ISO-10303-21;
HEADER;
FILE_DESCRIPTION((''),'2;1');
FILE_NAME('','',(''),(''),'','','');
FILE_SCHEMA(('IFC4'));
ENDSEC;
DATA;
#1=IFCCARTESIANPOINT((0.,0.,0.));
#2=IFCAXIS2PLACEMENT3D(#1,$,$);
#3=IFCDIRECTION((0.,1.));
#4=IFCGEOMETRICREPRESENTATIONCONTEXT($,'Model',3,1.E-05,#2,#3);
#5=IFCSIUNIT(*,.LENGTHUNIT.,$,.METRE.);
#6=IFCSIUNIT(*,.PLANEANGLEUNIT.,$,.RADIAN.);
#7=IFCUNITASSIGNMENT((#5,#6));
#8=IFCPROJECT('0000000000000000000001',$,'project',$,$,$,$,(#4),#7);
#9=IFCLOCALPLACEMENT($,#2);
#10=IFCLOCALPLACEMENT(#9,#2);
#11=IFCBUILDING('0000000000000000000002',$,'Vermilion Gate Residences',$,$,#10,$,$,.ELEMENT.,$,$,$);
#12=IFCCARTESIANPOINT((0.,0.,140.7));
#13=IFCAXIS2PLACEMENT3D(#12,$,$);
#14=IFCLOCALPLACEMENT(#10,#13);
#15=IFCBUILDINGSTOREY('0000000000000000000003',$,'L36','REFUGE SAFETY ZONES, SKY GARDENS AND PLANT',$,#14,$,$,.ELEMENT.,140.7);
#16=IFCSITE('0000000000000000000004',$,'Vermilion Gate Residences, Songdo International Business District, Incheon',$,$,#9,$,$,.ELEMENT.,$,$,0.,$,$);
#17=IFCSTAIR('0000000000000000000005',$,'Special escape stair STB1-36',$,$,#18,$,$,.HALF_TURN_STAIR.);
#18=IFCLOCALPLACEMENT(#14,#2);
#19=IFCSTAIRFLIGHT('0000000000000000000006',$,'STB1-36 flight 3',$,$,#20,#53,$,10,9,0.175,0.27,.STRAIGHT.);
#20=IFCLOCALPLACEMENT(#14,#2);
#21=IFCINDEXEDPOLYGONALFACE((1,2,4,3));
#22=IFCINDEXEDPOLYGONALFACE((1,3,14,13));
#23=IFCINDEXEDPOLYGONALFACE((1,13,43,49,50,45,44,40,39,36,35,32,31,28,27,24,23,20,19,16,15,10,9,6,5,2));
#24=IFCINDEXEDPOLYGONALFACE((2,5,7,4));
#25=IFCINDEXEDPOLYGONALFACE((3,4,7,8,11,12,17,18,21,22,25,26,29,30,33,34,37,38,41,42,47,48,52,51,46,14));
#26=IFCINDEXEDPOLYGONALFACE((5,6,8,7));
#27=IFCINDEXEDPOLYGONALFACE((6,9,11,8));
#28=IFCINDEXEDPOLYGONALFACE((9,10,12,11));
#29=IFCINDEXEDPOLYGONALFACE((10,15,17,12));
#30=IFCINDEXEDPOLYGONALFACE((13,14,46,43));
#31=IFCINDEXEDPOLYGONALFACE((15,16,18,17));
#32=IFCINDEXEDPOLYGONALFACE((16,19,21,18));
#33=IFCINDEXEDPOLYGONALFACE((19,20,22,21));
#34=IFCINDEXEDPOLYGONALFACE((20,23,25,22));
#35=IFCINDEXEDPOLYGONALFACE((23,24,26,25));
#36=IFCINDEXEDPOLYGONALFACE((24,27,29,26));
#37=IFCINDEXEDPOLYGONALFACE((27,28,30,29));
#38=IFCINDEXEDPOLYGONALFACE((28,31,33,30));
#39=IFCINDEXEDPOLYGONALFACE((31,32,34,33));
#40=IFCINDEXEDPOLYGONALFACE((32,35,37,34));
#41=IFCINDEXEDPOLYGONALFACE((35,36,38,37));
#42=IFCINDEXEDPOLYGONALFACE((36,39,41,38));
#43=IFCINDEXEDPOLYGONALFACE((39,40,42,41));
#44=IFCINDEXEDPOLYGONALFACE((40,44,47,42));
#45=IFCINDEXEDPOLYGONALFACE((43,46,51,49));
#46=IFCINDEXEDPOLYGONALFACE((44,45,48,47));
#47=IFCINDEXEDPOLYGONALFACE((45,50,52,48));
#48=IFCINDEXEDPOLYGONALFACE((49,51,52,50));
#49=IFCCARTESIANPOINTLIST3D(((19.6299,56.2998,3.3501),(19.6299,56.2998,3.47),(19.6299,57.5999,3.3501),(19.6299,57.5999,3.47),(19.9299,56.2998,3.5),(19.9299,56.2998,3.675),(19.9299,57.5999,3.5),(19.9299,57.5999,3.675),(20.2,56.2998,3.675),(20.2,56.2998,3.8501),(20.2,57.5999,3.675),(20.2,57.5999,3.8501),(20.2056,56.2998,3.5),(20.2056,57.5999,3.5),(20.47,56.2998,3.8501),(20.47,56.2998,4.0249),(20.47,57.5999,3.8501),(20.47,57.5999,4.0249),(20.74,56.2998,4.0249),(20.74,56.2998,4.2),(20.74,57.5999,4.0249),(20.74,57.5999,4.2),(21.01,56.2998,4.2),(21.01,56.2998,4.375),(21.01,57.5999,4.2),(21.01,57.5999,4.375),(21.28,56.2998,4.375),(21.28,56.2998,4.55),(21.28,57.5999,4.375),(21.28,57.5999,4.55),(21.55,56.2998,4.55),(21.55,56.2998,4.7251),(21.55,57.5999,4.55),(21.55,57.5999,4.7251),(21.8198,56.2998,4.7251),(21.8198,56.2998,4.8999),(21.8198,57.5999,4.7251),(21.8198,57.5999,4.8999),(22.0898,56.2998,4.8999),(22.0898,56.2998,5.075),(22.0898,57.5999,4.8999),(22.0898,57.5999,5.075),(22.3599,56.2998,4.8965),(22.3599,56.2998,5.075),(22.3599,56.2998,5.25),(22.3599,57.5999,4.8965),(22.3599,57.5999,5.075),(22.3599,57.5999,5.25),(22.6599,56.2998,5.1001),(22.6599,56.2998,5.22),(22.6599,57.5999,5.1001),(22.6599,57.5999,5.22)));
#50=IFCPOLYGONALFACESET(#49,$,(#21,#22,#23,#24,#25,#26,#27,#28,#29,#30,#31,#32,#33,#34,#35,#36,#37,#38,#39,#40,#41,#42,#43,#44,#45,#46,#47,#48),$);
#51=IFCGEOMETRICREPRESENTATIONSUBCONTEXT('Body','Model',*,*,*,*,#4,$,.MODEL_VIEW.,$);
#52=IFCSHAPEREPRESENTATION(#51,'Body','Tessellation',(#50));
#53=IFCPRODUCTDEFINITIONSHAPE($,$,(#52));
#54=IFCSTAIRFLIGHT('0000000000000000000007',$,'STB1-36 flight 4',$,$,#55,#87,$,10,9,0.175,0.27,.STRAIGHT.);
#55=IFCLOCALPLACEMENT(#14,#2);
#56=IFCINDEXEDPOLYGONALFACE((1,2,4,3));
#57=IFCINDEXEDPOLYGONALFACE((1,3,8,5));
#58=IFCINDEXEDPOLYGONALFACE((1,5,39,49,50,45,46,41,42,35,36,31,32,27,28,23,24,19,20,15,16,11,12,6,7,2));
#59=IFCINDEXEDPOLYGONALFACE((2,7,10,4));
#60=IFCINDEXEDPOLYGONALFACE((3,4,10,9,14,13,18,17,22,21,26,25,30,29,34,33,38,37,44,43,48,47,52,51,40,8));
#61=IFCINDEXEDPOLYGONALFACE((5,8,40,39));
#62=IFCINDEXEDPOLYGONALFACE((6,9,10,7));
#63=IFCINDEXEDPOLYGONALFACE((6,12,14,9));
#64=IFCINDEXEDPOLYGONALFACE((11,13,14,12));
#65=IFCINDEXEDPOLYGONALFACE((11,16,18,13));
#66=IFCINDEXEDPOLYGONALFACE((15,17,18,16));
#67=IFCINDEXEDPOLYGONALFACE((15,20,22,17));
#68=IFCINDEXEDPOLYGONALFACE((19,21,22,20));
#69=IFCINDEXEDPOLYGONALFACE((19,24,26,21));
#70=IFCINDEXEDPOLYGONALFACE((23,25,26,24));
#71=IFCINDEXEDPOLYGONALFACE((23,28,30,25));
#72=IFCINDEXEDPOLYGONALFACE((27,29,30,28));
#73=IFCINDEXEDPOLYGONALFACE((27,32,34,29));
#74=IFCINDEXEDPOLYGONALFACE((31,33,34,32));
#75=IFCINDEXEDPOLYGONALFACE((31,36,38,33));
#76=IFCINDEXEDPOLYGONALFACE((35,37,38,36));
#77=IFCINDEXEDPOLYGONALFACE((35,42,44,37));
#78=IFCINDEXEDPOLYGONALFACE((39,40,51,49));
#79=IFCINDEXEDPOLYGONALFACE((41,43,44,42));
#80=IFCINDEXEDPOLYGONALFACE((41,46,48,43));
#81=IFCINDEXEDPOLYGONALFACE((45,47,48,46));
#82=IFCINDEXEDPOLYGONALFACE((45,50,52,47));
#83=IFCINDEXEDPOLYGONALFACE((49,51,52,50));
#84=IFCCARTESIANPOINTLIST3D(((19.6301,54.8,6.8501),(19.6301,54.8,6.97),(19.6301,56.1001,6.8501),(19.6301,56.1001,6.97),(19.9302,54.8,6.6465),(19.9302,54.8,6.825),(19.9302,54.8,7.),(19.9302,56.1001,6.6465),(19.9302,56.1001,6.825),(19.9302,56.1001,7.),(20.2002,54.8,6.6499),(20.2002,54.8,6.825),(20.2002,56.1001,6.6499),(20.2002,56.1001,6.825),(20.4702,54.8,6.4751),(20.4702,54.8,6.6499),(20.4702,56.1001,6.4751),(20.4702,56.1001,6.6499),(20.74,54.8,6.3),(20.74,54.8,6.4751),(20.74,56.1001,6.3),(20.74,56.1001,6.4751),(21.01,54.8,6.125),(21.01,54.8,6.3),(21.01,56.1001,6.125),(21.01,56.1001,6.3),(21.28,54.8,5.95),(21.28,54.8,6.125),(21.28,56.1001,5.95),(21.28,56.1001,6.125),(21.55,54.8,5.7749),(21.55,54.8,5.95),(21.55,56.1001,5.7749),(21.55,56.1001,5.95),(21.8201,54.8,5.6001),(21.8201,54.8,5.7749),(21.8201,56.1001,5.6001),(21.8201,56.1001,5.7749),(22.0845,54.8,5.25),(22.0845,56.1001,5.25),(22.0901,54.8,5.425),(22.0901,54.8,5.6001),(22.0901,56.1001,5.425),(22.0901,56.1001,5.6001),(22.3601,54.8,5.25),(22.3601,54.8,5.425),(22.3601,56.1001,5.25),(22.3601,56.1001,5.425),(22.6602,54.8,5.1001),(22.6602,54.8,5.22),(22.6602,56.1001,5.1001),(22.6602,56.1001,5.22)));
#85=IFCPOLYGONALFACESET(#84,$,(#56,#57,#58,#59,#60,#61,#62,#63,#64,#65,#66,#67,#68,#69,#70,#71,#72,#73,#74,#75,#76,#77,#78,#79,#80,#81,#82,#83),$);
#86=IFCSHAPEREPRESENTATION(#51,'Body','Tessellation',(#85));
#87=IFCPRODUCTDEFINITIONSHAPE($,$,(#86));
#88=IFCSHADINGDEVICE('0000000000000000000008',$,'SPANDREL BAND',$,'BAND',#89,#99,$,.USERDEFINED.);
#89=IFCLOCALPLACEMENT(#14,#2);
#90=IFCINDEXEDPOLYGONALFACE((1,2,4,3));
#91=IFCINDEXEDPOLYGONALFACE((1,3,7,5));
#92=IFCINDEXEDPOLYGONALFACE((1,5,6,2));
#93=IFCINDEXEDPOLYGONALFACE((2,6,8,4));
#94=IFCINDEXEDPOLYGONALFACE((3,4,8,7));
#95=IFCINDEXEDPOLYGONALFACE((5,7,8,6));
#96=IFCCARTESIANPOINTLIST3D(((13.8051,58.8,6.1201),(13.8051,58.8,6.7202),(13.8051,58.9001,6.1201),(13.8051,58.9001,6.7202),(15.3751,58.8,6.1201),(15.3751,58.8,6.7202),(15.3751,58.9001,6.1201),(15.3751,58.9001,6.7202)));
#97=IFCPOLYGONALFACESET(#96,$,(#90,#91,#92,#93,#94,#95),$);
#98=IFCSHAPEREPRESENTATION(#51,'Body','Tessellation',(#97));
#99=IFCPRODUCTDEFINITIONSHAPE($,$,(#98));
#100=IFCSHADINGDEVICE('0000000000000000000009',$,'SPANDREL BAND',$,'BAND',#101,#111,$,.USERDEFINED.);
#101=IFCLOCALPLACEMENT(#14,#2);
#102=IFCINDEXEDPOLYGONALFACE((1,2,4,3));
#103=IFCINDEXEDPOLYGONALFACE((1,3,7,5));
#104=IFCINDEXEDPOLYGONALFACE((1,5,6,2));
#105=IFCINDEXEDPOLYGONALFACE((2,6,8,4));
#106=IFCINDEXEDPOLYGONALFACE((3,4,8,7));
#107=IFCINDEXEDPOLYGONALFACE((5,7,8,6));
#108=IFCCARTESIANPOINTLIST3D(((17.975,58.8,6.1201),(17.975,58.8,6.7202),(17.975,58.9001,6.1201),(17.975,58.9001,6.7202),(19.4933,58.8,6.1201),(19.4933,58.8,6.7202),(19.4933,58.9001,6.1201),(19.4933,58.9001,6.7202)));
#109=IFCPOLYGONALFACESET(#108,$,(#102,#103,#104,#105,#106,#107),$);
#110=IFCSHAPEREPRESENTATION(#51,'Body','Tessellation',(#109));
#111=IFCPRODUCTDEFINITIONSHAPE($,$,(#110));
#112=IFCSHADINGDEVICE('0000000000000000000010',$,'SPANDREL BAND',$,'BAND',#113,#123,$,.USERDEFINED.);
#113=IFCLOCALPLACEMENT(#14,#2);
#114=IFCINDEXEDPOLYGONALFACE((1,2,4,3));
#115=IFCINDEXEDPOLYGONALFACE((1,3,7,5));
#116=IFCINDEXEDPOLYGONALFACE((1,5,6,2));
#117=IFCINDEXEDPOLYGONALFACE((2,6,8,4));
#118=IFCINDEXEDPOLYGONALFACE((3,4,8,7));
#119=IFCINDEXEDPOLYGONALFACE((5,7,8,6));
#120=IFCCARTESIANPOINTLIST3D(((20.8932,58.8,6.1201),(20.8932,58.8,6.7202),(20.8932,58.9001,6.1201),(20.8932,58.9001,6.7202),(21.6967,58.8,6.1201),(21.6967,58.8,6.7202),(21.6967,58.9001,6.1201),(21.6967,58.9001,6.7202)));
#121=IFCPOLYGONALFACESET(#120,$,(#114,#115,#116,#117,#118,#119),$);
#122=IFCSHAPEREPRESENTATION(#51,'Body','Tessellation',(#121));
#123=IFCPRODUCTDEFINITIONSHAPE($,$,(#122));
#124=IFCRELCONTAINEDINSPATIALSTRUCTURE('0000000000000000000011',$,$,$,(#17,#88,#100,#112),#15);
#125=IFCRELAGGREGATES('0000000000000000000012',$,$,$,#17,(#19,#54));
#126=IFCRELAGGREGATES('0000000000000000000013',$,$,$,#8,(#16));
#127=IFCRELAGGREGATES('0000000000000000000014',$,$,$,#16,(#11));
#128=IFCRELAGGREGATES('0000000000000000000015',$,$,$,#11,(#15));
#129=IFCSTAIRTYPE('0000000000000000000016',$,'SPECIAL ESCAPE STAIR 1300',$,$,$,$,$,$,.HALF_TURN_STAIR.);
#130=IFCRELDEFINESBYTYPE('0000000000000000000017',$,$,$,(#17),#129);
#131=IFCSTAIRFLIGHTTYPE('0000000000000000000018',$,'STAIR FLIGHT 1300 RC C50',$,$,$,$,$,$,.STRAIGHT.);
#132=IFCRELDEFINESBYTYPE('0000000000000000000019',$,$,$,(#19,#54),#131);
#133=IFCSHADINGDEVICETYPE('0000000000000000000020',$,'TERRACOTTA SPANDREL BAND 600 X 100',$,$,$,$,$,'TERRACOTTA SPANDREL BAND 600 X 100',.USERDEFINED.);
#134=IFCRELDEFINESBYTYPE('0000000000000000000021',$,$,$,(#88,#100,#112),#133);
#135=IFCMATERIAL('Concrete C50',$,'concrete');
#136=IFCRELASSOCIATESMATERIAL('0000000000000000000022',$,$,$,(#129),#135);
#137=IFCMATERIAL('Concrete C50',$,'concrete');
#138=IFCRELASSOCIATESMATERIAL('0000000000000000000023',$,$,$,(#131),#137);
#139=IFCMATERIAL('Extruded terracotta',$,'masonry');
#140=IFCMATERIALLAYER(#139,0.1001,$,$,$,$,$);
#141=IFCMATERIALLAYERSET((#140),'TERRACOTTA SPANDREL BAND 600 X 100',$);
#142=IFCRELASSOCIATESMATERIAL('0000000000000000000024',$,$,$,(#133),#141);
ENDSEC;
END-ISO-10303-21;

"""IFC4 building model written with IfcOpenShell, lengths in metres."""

from ifc_helpers import new_model, si_unit, direction, frame, origin, origin_2d, place, context, subcontext, project, spatial, polyline, rectangle, outline, extrude, material, layer, layer_set, type_object, element, aggregate, save


model = new_model("IFC4")

# Units and contexts
model_context = context("Model", 3, precision=1e-05, world=origin(), true_north=direction((0.0, 1.0)))
body_context = subcontext(model_context, "Body", "Model", "MODEL_VIEW")
ifc_project = project(units=[si_unit("LENGTHUNIT", "METRE"), si_unit("PLANEANGLEUNIT", "RADIAN")], contexts=[model_context])

# Site, building, storey
site_placement = place(None, origin())
site = spatial("IfcSite", under=ifc_project, at=site_placement, Name="Vermilion Gate Residences, Songdo International Business District, Incheon", CompositionType="ELEMENT", RefElevation=0.0)
building_placement = place(site_placement, origin())
building = spatial("IfcBuilding", under=site, at=building_placement, Name="Vermilion Gate Residences", CompositionType="ELEMENT")
storey_placement = place(building_placement, frame((0.0, 0.0, 140.7)))
storey = spatial("IfcBuildingStorey", under=building, at=storey_placement, Name="L36", Description="REFUGE SAFETY ZONES, SKY GARDENS AND PLANT", CompositionType="ELEMENT", Elevation=140.7)

# Stair, stair flights
ifc_material_1 = material(Name="Concrete C50", Category="concrete")
stair_type = type_object("IfcStairType", Name="SPECIAL ESCAPE STAIR 1300", PredefinedType="HALF_TURN_STAIR", material=ifc_material_1)
stair_placement = place(storey_placement, origin())
stair = element("IfcStair", 1, at=stair_placement, inside=storey, type_object=stair_type, Name="Special escape stair STB1-36", PredefinedType="HALF_TURN_STAIR")
ifc_material_2 = material(Name="Concrete C50", Category="concrete")
stair_flight_type = type_object("IfcStairFlightType", Name="STAIR FLIGHT 1300 RC C50", PredefinedType="STRAIGHT", material=ifc_material_2)
stair_flight_1_placement = place(storey_placement, frame((19.9299, 56.95, 3.5), z_axis=(0.0, 0.0, 1.0), x_axis=(1.0, 0.0, 0.0)))
stair_flight_1 = element("IfcStairFlight", 2, at=stair_flight_1_placement, type_object=stair_flight_type, Name="STB1-36 flight 3", NumberOfRisers=10, NumberOfTreads=9, PredefinedType="STRAIGHT", RiserHeight=0.175, TreadLength=0.27, context=body_context, shape_type="SweptSolid", body=[
    extrude(outline(polyline([(-0.3, -0.1499), (-0.3, -0.03), (0.0, 0.0), (0.0, 0.175), (0.27, 0.175), (0.27, 0.3501), (0.54, 0.3501), (0.54, 0.5249), (0.8101, 0.5249), (0.8101, 0.7), (1.0801, 0.7), (1.0801, 0.875), (1.3501, 0.875), (1.3501, 1.05), (1.6201, 1.05), (1.6201, 1.2251), (1.8899, 1.2251), (1.8899, 1.3999), (2.1599, 1.3999), (2.1599, 1.575), (2.4299, 1.575), (2.4299, 1.75), (2.73, 1.72), (2.73, 1.6001), (2.4299, 1.3965), (0.2756, 0.0), (-0.3, -0.1499)])), frame((0.0, 0.6499, 0.0), z_axis=(0.0, -1.0, 0.0), x_axis=(1.0, 0.0, 0.0)), (0.0, 0.0, 1.0), 1.3),
])
stair_flight_2_placement = place(storey_placement, frame((22.3601, 55.45, 5.25), z_axis=(0.0, 0.0, 1.0), x_axis=(-1.0, 0.0, 0.0)))
stair_flight_2 = element("IfcStairFlight", 3, at=stair_flight_2_placement, type_object=stair_flight_type, Name="STB1-36 flight 4", NumberOfRisers=10, NumberOfTreads=9, PredefinedType="STRAIGHT", RiserHeight=0.175, TreadLength=0.27, context=body_context, shape_type="SweptSolid", body=[
    extrude(outline(polyline([(-0.3, -0.1499), (-0.3, -0.03), (0.0, 0.0), (0.0, 0.175), (0.27, 0.175), (0.27, 0.3501), (0.54, 0.3501), (0.54, 0.5249), (0.8101, 0.5249), (0.8101, 0.7), (1.0801, 0.7), (1.0801, 0.875), (1.3501, 0.875), (1.3501, 1.05), (1.6201, 1.05), (1.6201, 1.2251), (1.8899, 1.2251), (1.8899, 1.3999), (2.1599, 1.3999), (2.1599, 1.575), (2.4299, 1.575), (2.4299, 1.75), (2.73, 1.72), (2.73, 1.6001), (2.4299, 1.3965), (0.2756, 0.0), (-0.3, -0.1499)])), frame((0.0, 0.6499, 0.0), z_axis=(0.0, -1.0, 0.0), x_axis=(1.0, 0.0, 0.0)), (0.0, 0.0, 1.0), 1.3),
])
aggregate(stair, [stair_flight_1, stair_flight_2])

# Shading devices
ifc_material_3 = material(Name="Extruded terracotta", Category="masonry")
ifc_layer_1 = layer(ifc_material_3, 0.1001)
ifc_layer_set_1 = layer_set([ifc_layer_1], Name="TERRACOTTA SPANDREL BAND 600 X 100")
shading_device_type = type_object("IfcShadingDeviceType", Name="TERRACOTTA SPANDREL BAND 600 X 100", ElementType="TERRACOTTA SPANDREL BAND 600 X 100", PredefinedType="USERDEFINED", material=ifc_layer_set_1)
shading_device_1_placement = place(storey_placement, frame((14.5901, 58.8501, 6.1201), z_axis=(0.0, 0.0, 1.0), x_axis=(1.0, 0.0, 0.0)))
element("IfcShadingDevice", 4, at=shading_device_1_placement, inside=storey, type_object=shading_device_type, Name="SPANDREL BAND", ObjectType="BAND", PredefinedType="USERDEFINED", context=body_context, shape_type="SweptSolid", body=[
    extrude(rectangle(XDim=1.5701, YDim=0.1001, at=origin_2d()), origin(), (0.0, 0.0, 1.0), 0.6001),
])
shading_device_2_placement = place(storey_placement, frame((18.7341, 58.8501, 6.1201), z_axis=(0.0, 0.0, 1.0), x_axis=(1.0, 0.0, 0.0)))
element("IfcShadingDevice", 5, at=shading_device_2_placement, inside=storey, type_object=shading_device_type, Name="SPANDREL BAND", ObjectType="BAND", PredefinedType="USERDEFINED", context=body_context, shape_type="SweptSolid", body=[
    extrude(rectangle(XDim=1.5183, YDim=0.1001, at=origin_2d()), origin(), (0.0, 0.0, 1.0), 0.6001),
])
shading_device_3_placement = place(storey_placement, frame((21.2949, 58.8501, 6.1201), z_axis=(0.0, 0.0, 1.0), x_axis=(1.0, 0.0, 0.0)))
element("IfcShadingDevice", 6, at=shading_device_3_placement, inside=storey, type_object=shading_device_type, Name="SPANDREL BAND", ObjectType="BAND", PredefinedType="USERDEFINED", context=body_context, shape_type="SweptSolid", body=[
    extrude(rectangle(XDim=0.8035, YDim=0.1001, at=origin_2d()), origin(), (0.0, 0.0, 1.0), 0.6001),
])

save(model, "model.ifc")
